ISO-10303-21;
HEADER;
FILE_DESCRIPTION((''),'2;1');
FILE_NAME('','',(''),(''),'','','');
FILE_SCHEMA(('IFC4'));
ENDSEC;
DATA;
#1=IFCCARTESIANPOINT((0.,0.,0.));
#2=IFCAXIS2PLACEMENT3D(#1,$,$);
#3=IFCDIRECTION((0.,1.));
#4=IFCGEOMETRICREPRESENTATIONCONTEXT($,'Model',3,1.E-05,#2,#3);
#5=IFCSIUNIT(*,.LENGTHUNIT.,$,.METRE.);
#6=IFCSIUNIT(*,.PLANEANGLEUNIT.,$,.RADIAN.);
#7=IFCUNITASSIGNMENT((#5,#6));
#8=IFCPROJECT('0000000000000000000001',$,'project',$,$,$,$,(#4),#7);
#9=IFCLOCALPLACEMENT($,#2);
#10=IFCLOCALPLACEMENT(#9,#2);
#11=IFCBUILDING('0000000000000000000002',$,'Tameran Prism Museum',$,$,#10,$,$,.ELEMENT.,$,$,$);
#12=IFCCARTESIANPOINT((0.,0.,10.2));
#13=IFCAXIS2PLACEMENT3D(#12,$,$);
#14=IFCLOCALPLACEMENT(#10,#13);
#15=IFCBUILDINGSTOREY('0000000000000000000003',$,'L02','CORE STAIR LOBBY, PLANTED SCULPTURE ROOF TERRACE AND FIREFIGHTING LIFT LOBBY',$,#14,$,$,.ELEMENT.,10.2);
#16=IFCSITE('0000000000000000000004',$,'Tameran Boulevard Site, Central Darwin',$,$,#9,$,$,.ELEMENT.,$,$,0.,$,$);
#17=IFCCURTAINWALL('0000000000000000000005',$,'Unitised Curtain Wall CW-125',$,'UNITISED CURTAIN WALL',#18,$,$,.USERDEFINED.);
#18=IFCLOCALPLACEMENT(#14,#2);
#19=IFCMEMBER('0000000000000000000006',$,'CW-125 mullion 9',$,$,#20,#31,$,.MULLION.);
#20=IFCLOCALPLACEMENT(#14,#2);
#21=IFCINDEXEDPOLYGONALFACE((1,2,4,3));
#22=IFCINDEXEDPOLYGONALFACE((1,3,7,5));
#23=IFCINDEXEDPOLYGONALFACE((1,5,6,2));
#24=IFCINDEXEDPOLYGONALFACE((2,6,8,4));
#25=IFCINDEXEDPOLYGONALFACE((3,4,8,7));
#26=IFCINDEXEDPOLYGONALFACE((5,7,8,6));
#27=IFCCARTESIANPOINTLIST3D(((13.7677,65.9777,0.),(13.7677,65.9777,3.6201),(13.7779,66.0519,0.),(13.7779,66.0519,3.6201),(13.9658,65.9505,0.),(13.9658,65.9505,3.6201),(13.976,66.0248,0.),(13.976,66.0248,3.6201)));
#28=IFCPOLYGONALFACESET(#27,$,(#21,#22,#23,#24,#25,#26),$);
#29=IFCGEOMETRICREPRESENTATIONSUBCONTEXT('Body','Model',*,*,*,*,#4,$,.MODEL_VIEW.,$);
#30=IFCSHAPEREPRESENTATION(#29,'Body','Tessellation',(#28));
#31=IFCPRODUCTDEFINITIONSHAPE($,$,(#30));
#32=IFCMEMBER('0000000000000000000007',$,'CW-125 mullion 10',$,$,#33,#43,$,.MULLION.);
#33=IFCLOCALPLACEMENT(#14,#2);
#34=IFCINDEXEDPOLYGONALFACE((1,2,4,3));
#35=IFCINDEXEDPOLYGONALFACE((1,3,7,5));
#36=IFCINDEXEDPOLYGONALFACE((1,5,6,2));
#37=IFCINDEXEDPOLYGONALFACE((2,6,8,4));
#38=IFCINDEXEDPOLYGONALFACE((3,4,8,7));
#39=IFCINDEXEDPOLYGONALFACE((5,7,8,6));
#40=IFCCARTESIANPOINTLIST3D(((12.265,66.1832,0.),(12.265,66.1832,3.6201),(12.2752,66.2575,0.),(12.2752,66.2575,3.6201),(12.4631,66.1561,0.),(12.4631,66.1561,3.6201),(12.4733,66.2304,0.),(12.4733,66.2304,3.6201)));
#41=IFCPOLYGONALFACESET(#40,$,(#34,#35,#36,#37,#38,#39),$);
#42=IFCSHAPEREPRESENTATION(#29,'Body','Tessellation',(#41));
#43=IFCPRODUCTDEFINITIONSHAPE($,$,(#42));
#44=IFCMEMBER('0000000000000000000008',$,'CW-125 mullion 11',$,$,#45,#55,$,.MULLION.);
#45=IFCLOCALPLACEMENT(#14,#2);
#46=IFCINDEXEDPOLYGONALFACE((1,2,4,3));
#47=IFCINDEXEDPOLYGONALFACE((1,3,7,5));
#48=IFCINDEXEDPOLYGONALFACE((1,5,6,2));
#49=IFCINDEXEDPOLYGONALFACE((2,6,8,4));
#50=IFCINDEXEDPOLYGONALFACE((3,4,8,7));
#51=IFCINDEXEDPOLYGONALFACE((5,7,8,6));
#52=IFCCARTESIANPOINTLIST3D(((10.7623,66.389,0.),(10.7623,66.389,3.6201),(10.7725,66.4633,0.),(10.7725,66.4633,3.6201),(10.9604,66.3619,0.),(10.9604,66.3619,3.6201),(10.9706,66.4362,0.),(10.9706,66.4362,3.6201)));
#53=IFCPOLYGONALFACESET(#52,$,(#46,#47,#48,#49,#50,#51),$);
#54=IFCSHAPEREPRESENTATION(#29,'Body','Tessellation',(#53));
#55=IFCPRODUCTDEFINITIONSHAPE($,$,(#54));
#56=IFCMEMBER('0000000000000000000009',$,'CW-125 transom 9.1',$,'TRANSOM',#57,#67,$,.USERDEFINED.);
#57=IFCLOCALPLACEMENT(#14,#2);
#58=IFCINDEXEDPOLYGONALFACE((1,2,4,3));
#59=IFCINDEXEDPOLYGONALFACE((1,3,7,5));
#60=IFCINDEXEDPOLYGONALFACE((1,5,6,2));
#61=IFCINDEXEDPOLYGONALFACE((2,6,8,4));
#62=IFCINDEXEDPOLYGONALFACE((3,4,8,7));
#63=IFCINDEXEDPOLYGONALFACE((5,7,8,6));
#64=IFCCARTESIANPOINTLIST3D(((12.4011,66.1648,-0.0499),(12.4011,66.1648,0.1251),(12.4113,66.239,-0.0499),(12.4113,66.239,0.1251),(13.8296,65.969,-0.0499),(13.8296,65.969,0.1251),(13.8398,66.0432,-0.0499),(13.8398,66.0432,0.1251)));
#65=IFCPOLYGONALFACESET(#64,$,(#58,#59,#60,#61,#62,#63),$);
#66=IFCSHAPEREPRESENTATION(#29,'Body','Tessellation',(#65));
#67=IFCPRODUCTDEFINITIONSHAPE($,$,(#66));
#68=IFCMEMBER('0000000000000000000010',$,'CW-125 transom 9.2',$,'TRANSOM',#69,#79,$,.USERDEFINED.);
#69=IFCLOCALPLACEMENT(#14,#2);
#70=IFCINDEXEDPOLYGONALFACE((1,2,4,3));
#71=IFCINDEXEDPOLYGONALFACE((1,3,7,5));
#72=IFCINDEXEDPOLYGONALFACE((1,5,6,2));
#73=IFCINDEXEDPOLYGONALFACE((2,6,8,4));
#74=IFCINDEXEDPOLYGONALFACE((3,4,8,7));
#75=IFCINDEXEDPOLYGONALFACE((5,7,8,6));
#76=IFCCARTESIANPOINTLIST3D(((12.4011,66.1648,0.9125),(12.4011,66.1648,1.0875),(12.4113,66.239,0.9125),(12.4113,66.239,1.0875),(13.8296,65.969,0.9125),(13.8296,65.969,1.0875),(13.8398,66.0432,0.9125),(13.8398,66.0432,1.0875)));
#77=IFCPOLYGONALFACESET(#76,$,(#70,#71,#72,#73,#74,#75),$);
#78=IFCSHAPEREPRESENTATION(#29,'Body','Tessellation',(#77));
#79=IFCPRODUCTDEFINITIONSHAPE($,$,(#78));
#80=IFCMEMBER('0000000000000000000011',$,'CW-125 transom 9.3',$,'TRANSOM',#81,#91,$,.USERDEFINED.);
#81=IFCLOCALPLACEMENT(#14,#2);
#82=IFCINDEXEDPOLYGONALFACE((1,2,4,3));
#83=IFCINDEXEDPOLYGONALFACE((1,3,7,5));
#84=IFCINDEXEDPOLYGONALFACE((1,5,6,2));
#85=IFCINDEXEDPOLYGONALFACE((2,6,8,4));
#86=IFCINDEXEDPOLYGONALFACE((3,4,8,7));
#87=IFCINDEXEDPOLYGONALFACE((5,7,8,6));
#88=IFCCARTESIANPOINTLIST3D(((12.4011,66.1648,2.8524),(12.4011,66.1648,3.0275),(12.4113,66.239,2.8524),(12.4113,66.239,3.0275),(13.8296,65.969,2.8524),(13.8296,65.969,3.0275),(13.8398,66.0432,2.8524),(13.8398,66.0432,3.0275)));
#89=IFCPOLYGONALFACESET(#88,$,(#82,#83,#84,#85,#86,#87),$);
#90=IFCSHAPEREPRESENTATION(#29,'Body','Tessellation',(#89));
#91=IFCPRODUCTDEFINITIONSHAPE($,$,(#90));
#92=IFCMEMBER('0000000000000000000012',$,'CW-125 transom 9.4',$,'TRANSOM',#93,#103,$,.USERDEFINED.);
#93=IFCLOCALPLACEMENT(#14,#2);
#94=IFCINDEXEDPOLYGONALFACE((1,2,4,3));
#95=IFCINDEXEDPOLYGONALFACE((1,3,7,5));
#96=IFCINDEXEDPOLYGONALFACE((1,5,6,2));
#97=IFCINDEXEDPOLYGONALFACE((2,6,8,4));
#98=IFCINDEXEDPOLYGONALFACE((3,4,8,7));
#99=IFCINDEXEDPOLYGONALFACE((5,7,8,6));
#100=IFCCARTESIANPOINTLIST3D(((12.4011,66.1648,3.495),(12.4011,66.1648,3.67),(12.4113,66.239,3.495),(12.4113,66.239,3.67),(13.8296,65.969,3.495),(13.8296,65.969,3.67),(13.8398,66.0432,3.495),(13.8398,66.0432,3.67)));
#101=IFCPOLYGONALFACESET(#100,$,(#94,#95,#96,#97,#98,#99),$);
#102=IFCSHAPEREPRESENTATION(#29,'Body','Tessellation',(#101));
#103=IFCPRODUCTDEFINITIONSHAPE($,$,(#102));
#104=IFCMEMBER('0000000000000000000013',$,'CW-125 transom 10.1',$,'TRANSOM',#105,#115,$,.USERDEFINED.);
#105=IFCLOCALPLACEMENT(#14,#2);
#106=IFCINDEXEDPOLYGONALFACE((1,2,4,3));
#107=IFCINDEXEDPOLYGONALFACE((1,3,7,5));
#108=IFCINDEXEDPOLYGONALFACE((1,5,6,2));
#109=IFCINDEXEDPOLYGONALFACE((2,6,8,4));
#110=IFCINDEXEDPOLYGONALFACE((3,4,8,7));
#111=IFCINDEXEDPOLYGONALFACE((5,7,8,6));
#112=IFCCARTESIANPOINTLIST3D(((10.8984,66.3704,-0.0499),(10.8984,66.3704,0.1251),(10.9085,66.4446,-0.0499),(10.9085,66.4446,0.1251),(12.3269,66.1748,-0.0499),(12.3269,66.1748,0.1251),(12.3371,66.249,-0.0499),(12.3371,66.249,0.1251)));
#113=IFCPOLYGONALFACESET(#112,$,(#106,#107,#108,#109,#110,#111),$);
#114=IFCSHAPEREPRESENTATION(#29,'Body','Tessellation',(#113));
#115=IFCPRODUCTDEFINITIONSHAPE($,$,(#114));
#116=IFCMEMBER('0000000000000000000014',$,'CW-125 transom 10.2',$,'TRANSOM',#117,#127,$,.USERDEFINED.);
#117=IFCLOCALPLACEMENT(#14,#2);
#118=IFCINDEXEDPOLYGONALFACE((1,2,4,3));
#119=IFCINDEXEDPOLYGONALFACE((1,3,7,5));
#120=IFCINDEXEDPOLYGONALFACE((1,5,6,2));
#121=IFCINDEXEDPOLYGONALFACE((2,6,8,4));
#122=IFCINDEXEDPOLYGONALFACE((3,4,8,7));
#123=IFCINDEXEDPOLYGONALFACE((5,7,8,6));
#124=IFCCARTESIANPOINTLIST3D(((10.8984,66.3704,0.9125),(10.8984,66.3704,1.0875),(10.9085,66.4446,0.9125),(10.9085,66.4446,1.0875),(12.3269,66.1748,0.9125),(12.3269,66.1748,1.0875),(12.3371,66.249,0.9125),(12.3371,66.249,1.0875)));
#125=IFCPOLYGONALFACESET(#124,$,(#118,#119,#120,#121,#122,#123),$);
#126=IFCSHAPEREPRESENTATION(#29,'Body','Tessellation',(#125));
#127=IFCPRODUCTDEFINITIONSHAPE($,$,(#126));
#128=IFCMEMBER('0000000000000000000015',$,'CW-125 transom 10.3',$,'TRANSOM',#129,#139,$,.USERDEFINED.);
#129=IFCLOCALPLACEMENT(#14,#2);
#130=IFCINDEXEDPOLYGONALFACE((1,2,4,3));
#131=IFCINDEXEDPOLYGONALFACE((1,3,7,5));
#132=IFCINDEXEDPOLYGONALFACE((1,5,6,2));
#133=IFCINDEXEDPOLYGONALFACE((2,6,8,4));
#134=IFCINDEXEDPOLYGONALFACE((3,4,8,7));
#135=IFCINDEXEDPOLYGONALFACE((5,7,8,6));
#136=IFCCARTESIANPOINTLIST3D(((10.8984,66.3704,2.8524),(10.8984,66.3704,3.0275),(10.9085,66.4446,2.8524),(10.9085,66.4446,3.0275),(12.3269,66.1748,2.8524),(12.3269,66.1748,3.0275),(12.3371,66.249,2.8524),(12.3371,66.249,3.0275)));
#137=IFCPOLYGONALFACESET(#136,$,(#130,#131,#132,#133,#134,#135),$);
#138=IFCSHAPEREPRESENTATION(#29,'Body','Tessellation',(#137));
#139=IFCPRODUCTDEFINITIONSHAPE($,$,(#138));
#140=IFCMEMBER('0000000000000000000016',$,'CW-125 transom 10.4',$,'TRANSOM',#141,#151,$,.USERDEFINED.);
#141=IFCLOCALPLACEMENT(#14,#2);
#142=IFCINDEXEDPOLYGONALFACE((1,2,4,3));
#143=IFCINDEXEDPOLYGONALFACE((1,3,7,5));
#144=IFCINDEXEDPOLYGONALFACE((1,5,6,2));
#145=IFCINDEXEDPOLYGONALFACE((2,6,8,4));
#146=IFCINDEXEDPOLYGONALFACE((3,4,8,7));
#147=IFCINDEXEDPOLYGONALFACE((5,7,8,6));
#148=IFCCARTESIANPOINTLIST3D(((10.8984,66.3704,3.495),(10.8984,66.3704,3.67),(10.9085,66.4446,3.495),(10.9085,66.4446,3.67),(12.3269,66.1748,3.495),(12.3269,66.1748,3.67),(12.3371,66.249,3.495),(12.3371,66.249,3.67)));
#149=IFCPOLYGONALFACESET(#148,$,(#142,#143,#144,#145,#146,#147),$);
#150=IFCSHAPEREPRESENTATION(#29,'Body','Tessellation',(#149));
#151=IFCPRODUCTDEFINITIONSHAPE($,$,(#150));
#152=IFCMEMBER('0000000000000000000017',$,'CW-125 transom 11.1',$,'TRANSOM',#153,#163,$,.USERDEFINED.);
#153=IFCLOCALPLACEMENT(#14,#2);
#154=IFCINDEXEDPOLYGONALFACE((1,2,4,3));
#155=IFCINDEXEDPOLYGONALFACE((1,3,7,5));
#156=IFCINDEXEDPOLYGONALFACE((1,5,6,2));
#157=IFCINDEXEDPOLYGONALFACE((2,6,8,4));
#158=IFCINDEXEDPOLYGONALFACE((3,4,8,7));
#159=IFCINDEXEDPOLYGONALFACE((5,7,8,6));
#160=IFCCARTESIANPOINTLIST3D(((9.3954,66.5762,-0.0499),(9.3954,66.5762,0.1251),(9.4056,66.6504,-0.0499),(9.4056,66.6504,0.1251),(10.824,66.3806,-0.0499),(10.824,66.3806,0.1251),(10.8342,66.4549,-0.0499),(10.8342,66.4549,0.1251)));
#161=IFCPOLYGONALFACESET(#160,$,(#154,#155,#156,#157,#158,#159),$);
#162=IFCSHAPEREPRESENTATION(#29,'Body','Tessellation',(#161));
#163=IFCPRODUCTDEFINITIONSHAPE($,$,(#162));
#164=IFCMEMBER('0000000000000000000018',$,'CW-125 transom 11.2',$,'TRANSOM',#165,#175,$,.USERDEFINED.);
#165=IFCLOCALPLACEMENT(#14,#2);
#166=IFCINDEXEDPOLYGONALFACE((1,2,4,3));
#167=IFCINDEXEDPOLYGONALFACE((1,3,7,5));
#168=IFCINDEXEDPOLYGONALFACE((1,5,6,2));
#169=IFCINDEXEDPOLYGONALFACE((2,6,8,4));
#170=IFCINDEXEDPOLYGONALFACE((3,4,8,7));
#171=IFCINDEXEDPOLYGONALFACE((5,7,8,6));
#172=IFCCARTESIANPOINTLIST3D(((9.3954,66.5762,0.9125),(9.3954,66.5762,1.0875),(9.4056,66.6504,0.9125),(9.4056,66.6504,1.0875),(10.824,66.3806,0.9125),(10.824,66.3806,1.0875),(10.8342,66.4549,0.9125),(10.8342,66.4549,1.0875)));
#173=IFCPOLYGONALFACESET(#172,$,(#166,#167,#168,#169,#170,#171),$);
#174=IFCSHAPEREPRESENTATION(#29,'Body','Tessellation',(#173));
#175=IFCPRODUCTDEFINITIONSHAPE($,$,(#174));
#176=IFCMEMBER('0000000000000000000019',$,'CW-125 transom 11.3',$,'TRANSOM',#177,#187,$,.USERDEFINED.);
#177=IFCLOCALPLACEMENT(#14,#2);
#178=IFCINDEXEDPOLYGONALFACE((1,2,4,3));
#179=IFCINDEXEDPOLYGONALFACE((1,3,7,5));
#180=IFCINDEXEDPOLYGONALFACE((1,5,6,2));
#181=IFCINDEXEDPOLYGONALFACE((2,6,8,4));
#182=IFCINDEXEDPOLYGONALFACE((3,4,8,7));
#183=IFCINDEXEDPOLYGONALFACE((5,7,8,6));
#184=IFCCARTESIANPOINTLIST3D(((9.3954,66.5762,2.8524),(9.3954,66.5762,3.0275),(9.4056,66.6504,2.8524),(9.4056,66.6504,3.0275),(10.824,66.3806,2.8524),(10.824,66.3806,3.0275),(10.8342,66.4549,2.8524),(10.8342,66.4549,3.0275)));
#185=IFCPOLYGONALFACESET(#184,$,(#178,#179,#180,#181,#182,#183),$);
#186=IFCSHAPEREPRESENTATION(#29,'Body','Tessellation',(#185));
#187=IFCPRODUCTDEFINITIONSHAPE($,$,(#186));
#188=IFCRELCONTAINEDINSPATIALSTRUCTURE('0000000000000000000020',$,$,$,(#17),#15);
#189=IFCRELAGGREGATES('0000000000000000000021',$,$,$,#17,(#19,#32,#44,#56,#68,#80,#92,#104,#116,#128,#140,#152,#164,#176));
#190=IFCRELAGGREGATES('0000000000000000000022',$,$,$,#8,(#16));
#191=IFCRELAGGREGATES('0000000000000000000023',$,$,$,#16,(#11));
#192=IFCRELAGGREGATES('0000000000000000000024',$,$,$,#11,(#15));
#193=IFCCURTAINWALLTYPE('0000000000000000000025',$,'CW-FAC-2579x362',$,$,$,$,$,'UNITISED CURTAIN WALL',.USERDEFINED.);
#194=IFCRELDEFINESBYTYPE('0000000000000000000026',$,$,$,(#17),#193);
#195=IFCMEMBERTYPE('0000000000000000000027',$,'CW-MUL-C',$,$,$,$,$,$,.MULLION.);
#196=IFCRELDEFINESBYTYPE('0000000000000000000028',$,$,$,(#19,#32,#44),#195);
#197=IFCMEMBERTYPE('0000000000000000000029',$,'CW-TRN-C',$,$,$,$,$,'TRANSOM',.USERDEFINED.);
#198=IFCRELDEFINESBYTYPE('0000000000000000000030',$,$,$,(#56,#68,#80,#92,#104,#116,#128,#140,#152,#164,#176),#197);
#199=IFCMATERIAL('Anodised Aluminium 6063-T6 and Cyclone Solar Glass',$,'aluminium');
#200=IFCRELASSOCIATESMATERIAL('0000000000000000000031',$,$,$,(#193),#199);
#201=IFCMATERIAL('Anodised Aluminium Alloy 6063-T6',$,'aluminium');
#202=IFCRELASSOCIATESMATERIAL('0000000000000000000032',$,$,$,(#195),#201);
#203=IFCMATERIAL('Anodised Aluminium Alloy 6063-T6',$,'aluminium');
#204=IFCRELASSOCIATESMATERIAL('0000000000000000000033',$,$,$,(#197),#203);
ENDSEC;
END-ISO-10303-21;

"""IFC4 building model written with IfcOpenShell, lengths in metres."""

from ifc_helpers import new_model, si_unit, direction, frame, origin, origin_2d, place, context, subcontext, project, spatial, rectangle, extrude, material, material_profile, profile_set, type_object, element, aggregate, save


model = new_model("IFC4")

# Units and contexts
model_context = context("Model", 3, precision=1e-05, world=origin(), true_north=direction((0.0, 1.0)))
body_context = subcontext(model_context, "Body", "Model", "MODEL_VIEW")
ifc_project = project(units=[si_unit("LENGTHUNIT", "METRE"), si_unit("PLANEANGLEUNIT", "RADIAN")], contexts=[model_context])

# Site, building, storey
site_placement = place(None, origin())
site = spatial("IfcSite", under=ifc_project, at=site_placement, Name="Tameran Boulevard Site, Central Darwin", CompositionType="ELEMENT", RefElevation=0.0)
building_placement = place(site_placement, origin())
building = spatial("IfcBuilding", under=site, at=building_placement, Name="Tameran Prism Museum", CompositionType="ELEMENT")
storey_placement = place(building_placement, frame((0.0, 0.0, 10.2)))
storey = spatial("IfcBuildingStorey", under=building, at=storey_placement, Name="L02", Description="CORE STAIR LOBBY, PLANTED SCULPTURE ROOF TERRACE AND FIREFIGHTING LIFT LOBBY", CompositionType="ELEMENT", Elevation=10.2)

# Curtain wall, members
ifc_material_1 = material(Name="Anodised Aluminium 6063-T6 and Cyclone Solar Glass", Category="aluminium")
curtain_wall_type = type_object("IfcCurtainWallType", Name="CW-FAC-2579x362", ElementType="UNITISED CURTAIN WALL", PredefinedType="USERDEFINED", material=ifc_material_1)
curtain_wall_placement = place(storey_placement, origin())
curtain_wall = element("IfcCurtainWall", 1, at=curtain_wall_placement, inside=storey, type_object=curtain_wall_type, Name="Unitised Curtain Wall CW-125", ObjectType="UNITISED CURTAIN WALL", PredefinedType="USERDEFINED")
ifc_material_2 = material(Name="Anodised Aluminium Alloy 6063-T6", Category="aluminium")
ifc_material_profile_1 = material_profile(ifc_material_2, rectangle(XDim=0.075, YDim=0.2, at=origin_2d()))
ifc_profile_set_1 = profile_set([ifc_material_profile_1])
member_type_1 = type_object("IfcMemberType", Name="CW-MUL-C", PredefinedType="MULLION", material=ifc_profile_set_1)
member_1_placement = place(storey_placement, frame((13.8718, 66.0012, 0.0), z_axis=(0.0, 0.0, 1.0), x_axis=(-0.135658, -0.990756, 0.0)))
member_1 = element("IfcMember", 2, at=member_1_placement, type_object=member_type_1, Name="CW-125 mullion 9", PredefinedType="MULLION", context=body_context, shape_type="SweptSolid", body=[
    extrude(rectangle(XDim=0.075, YDim=0.2, at=origin_2d()), origin(), (0.0, 0.0, 1.0), 3.6201),
])
member_2_placement = place(storey_placement, frame((12.3691, 66.2068, 0.0), z_axis=(0.0, 0.0, 1.0), x_axis=(-0.135658, -0.990756, 0.0)))
member_2 = element("IfcMember", 3, at=member_2_placement, type_object=member_type_1, Name="CW-125 mullion 10", PredefinedType="MULLION", context=body_context, shape_type="SweptSolid", body=[
    extrude(rectangle(XDim=0.075, YDim=0.2, at=origin_2d()), origin(), (0.0, 0.0, 1.0), 3.6201),
])
member_3_placement = place(storey_placement, frame((10.8665, 66.4126, 0.0), z_axis=(0.0, 0.0, 1.0), x_axis=(-0.135658, -0.990756, 0.0)))
member_3 = element("IfcMember", 4, at=member_3_placement, type_object=member_type_1, Name="CW-125 mullion 11", PredefinedType="MULLION", context=body_context, shape_type="SweptSolid", body=[
    extrude(rectangle(XDim=0.075, YDim=0.2, at=origin_2d()), origin(), (0.0, 0.0, 1.0), 3.6201),
])
ifc_material_3 = material(Name="Anodised Aluminium Alloy 6063-T6", Category="aluminium")
ifc_material_profile_2 = material_profile(ifc_material_3, rectangle(XDim=0.075, YDim=0.175, at=origin_2d()))
ifc_profile_set_2 = profile_set([ifc_material_profile_2])
member_type_2 = type_object("IfcMemberType", Name="CW-TRN-C", ElementType="TRANSOM", PredefinedType="USERDEFINED", material=ifc_profile_set_2)
member_4_placement = place(storey_placement, frame((13.8347, 66.0061, 0.0376), z_axis=(-0.990736, 0.135801, 0.0), x_axis=(-0.135801, -0.990736, 0.0)))
member_4 = element("IfcMember", 5, at=member_4_placement, type_object=member_type_2, Name="CW-125 transom 9.1", ObjectType="TRANSOM", PredefinedType="USERDEFINED", context=body_context, shape_type="SweptSolid", body=[
    extrude(rectangle(XDim=0.075, YDim=0.175, at=origin_2d()), origin(), (0.0, 0.0, 1.0), 1.4419),
])
member_5_placement = place(storey_placement, frame((13.8347, 66.0061, 1.0), z_axis=(-0.990736, 0.135801, 0.0), x_axis=(-0.135801, -0.990736, 0.0)))
member_5 = element("IfcMember", 6, at=member_5_placement, type_object=member_type_2, Name="CW-125 transom 9.2", ObjectType="TRANSOM", PredefinedType="USERDEFINED", context=body_context, shape_type="SweptSolid", body=[
    extrude(rectangle(XDim=0.075, YDim=0.175, at=origin_2d()), origin(), (0.0, 0.0, 1.0), 1.4419),
])
member_6_placement = place(storey_placement, frame((13.8347, 66.0061, 2.9399), z_axis=(-0.990736, 0.135801, 0.0), x_axis=(-0.135801, -0.990736, 0.0)))
member_6 = element("IfcMember", 7, at=member_6_placement, type_object=member_type_2, Name="CW-125 transom 9.3", ObjectType="TRANSOM", PredefinedType="USERDEFINED", context=body_context, shape_type="SweptSolid", body=[
    extrude(rectangle(XDim=0.075, YDim=0.175, at=origin_2d()), origin(), (0.0, 0.0, 1.0), 1.4419),
])
member_7_placement = place(storey_placement, frame((13.8347, 66.0061, 3.5825), z_axis=(-0.990736, 0.135801, 0.0), x_axis=(-0.135801, -0.990736, 0.0)))
member_7 = element("IfcMember", 8, at=member_7_placement, type_object=member_type_2, Name="CW-125 transom 9.4", ObjectType="TRANSOM", PredefinedType="USERDEFINED", context=body_context, shape_type="SweptSolid", body=[
    extrude(rectangle(XDim=0.075, YDim=0.175, at=origin_2d()), origin(), (0.0, 0.0, 1.0), 1.4419),
])
member_8_placement = place(storey_placement, frame((12.332, 66.2119, 0.0376), z_axis=(-0.990759, 0.135635, 0.0), x_axis=(-0.135635, -0.990759, 0.0)))
member_8 = element("IfcMember", 9, at=member_8_placement, type_object=member_type_2, Name="CW-125 transom 10.1", ObjectType="TRANSOM", PredefinedType="USERDEFINED", context=body_context, shape_type="SweptSolid", body=[
    extrude(rectangle(XDim=0.075, YDim=0.175, at=origin_2d()), origin(), (0.0, 0.0, 1.0), 1.4419),
])
member_9_placement = place(storey_placement, frame((12.332, 66.2119, 1.0), z_axis=(-0.990759, 0.135635, 0.0), x_axis=(-0.135635, -0.990759, 0.0)))
member_9 = element("IfcMember", 10, at=member_9_placement, type_object=member_type_2, Name="CW-125 transom 10.2", ObjectType="TRANSOM", PredefinedType="USERDEFINED", context=body_context, shape_type="SweptSolid", body=[
    extrude(rectangle(XDim=0.075, YDim=0.175, at=origin_2d()), origin(), (0.0, 0.0, 1.0), 1.4419),
])
member_10_placement = place(storey_placement, frame((12.332, 66.2119, 2.9399), z_axis=(-0.990759, 0.135635, 0.0), x_axis=(-0.135635, -0.990759, 0.0)))
member_10 = element("IfcMember", 11, at=member_10_placement, type_object=member_type_2, Name="CW-125 transom 10.3", ObjectType="TRANSOM", PredefinedType="USERDEFINED", context=body_context, shape_type="SweptSolid", body=[
    extrude(rectangle(XDim=0.075, YDim=0.175, at=origin_2d()), origin(), (0.0, 0.0, 1.0), 1.4419),
])
member_11_placement = place(storey_placement, frame((12.332, 66.2119, 3.5825), z_axis=(-0.990759, 0.135635, 0.0), x_axis=(-0.135635, -0.990759, 0.0)))
member_11 = element("IfcMember", 12, at=member_11_placement, type_object=member_type_2, Name="CW-125 transom 10.4", ObjectType="TRANSOM", PredefinedType="USERDEFINED", context=body_context, shape_type="SweptSolid", body=[
    extrude(rectangle(XDim=0.075, YDim=0.175, at=origin_2d()), origin(), (0.0, 0.0, 1.0), 1.4419),
])
member_12_placement = place(storey_placement, frame((10.8291, 66.4177, 0.0376), z_axis=(-0.990759, 0.135635, 0.0), x_axis=(-0.135635, -0.990759, 0.0)))
member_12 = element("IfcMember", 13, at=member_12_placement, type_object=member_type_2, Name="CW-125 transom 11.1", ObjectType="TRANSOM", PredefinedType="USERDEFINED", context=body_context, shape_type="SweptSolid", body=[
    extrude(rectangle(XDim=0.075, YDim=0.175, at=origin_2d()), origin(), (0.0, 0.0, 1.0), 1.4419),
])
member_13_placement = place(storey_placement, frame((10.8291, 66.4177, 1.0), z_axis=(-0.990759, 0.135635, 0.0), x_axis=(-0.135635, -0.990759, 0.0)))
member_13 = element("IfcMember", 14, at=member_13_placement, type_object=member_type_2, Name="CW-125 transom 11.2", ObjectType="TRANSOM", PredefinedType="USERDEFINED", context=body_context, shape_type="SweptSolid", body=[
    extrude(rectangle(XDim=0.075, YDim=0.175, at=origin_2d()), origin(), (0.0, 0.0, 1.0), 1.4419),
])
member_14_placement = place(storey_placement, frame((10.8291, 66.4177, 2.9399), z_axis=(-0.990759, 0.135635, 0.0), x_axis=(-0.135635, -0.990759, 0.0)))
member_14 = element("IfcMember", 15, at=member_14_placement, type_object=member_type_2, Name="CW-125 transom 11.3", ObjectType="TRANSOM", PredefinedType="USERDEFINED", context=body_context, shape_type="SweptSolid", body=[
    extrude(rectangle(XDim=0.075, YDim=0.175, at=origin_2d()), origin(), (0.0, 0.0, 1.0), 1.4419),
])
aggregate(curtain_wall, [member_1, member_2, member_3, member_4, member_5, member_6, member_7, member_8, member_9, member_10, member_11, member_12, member_13, member_14])

save(model, "model.ifc")
